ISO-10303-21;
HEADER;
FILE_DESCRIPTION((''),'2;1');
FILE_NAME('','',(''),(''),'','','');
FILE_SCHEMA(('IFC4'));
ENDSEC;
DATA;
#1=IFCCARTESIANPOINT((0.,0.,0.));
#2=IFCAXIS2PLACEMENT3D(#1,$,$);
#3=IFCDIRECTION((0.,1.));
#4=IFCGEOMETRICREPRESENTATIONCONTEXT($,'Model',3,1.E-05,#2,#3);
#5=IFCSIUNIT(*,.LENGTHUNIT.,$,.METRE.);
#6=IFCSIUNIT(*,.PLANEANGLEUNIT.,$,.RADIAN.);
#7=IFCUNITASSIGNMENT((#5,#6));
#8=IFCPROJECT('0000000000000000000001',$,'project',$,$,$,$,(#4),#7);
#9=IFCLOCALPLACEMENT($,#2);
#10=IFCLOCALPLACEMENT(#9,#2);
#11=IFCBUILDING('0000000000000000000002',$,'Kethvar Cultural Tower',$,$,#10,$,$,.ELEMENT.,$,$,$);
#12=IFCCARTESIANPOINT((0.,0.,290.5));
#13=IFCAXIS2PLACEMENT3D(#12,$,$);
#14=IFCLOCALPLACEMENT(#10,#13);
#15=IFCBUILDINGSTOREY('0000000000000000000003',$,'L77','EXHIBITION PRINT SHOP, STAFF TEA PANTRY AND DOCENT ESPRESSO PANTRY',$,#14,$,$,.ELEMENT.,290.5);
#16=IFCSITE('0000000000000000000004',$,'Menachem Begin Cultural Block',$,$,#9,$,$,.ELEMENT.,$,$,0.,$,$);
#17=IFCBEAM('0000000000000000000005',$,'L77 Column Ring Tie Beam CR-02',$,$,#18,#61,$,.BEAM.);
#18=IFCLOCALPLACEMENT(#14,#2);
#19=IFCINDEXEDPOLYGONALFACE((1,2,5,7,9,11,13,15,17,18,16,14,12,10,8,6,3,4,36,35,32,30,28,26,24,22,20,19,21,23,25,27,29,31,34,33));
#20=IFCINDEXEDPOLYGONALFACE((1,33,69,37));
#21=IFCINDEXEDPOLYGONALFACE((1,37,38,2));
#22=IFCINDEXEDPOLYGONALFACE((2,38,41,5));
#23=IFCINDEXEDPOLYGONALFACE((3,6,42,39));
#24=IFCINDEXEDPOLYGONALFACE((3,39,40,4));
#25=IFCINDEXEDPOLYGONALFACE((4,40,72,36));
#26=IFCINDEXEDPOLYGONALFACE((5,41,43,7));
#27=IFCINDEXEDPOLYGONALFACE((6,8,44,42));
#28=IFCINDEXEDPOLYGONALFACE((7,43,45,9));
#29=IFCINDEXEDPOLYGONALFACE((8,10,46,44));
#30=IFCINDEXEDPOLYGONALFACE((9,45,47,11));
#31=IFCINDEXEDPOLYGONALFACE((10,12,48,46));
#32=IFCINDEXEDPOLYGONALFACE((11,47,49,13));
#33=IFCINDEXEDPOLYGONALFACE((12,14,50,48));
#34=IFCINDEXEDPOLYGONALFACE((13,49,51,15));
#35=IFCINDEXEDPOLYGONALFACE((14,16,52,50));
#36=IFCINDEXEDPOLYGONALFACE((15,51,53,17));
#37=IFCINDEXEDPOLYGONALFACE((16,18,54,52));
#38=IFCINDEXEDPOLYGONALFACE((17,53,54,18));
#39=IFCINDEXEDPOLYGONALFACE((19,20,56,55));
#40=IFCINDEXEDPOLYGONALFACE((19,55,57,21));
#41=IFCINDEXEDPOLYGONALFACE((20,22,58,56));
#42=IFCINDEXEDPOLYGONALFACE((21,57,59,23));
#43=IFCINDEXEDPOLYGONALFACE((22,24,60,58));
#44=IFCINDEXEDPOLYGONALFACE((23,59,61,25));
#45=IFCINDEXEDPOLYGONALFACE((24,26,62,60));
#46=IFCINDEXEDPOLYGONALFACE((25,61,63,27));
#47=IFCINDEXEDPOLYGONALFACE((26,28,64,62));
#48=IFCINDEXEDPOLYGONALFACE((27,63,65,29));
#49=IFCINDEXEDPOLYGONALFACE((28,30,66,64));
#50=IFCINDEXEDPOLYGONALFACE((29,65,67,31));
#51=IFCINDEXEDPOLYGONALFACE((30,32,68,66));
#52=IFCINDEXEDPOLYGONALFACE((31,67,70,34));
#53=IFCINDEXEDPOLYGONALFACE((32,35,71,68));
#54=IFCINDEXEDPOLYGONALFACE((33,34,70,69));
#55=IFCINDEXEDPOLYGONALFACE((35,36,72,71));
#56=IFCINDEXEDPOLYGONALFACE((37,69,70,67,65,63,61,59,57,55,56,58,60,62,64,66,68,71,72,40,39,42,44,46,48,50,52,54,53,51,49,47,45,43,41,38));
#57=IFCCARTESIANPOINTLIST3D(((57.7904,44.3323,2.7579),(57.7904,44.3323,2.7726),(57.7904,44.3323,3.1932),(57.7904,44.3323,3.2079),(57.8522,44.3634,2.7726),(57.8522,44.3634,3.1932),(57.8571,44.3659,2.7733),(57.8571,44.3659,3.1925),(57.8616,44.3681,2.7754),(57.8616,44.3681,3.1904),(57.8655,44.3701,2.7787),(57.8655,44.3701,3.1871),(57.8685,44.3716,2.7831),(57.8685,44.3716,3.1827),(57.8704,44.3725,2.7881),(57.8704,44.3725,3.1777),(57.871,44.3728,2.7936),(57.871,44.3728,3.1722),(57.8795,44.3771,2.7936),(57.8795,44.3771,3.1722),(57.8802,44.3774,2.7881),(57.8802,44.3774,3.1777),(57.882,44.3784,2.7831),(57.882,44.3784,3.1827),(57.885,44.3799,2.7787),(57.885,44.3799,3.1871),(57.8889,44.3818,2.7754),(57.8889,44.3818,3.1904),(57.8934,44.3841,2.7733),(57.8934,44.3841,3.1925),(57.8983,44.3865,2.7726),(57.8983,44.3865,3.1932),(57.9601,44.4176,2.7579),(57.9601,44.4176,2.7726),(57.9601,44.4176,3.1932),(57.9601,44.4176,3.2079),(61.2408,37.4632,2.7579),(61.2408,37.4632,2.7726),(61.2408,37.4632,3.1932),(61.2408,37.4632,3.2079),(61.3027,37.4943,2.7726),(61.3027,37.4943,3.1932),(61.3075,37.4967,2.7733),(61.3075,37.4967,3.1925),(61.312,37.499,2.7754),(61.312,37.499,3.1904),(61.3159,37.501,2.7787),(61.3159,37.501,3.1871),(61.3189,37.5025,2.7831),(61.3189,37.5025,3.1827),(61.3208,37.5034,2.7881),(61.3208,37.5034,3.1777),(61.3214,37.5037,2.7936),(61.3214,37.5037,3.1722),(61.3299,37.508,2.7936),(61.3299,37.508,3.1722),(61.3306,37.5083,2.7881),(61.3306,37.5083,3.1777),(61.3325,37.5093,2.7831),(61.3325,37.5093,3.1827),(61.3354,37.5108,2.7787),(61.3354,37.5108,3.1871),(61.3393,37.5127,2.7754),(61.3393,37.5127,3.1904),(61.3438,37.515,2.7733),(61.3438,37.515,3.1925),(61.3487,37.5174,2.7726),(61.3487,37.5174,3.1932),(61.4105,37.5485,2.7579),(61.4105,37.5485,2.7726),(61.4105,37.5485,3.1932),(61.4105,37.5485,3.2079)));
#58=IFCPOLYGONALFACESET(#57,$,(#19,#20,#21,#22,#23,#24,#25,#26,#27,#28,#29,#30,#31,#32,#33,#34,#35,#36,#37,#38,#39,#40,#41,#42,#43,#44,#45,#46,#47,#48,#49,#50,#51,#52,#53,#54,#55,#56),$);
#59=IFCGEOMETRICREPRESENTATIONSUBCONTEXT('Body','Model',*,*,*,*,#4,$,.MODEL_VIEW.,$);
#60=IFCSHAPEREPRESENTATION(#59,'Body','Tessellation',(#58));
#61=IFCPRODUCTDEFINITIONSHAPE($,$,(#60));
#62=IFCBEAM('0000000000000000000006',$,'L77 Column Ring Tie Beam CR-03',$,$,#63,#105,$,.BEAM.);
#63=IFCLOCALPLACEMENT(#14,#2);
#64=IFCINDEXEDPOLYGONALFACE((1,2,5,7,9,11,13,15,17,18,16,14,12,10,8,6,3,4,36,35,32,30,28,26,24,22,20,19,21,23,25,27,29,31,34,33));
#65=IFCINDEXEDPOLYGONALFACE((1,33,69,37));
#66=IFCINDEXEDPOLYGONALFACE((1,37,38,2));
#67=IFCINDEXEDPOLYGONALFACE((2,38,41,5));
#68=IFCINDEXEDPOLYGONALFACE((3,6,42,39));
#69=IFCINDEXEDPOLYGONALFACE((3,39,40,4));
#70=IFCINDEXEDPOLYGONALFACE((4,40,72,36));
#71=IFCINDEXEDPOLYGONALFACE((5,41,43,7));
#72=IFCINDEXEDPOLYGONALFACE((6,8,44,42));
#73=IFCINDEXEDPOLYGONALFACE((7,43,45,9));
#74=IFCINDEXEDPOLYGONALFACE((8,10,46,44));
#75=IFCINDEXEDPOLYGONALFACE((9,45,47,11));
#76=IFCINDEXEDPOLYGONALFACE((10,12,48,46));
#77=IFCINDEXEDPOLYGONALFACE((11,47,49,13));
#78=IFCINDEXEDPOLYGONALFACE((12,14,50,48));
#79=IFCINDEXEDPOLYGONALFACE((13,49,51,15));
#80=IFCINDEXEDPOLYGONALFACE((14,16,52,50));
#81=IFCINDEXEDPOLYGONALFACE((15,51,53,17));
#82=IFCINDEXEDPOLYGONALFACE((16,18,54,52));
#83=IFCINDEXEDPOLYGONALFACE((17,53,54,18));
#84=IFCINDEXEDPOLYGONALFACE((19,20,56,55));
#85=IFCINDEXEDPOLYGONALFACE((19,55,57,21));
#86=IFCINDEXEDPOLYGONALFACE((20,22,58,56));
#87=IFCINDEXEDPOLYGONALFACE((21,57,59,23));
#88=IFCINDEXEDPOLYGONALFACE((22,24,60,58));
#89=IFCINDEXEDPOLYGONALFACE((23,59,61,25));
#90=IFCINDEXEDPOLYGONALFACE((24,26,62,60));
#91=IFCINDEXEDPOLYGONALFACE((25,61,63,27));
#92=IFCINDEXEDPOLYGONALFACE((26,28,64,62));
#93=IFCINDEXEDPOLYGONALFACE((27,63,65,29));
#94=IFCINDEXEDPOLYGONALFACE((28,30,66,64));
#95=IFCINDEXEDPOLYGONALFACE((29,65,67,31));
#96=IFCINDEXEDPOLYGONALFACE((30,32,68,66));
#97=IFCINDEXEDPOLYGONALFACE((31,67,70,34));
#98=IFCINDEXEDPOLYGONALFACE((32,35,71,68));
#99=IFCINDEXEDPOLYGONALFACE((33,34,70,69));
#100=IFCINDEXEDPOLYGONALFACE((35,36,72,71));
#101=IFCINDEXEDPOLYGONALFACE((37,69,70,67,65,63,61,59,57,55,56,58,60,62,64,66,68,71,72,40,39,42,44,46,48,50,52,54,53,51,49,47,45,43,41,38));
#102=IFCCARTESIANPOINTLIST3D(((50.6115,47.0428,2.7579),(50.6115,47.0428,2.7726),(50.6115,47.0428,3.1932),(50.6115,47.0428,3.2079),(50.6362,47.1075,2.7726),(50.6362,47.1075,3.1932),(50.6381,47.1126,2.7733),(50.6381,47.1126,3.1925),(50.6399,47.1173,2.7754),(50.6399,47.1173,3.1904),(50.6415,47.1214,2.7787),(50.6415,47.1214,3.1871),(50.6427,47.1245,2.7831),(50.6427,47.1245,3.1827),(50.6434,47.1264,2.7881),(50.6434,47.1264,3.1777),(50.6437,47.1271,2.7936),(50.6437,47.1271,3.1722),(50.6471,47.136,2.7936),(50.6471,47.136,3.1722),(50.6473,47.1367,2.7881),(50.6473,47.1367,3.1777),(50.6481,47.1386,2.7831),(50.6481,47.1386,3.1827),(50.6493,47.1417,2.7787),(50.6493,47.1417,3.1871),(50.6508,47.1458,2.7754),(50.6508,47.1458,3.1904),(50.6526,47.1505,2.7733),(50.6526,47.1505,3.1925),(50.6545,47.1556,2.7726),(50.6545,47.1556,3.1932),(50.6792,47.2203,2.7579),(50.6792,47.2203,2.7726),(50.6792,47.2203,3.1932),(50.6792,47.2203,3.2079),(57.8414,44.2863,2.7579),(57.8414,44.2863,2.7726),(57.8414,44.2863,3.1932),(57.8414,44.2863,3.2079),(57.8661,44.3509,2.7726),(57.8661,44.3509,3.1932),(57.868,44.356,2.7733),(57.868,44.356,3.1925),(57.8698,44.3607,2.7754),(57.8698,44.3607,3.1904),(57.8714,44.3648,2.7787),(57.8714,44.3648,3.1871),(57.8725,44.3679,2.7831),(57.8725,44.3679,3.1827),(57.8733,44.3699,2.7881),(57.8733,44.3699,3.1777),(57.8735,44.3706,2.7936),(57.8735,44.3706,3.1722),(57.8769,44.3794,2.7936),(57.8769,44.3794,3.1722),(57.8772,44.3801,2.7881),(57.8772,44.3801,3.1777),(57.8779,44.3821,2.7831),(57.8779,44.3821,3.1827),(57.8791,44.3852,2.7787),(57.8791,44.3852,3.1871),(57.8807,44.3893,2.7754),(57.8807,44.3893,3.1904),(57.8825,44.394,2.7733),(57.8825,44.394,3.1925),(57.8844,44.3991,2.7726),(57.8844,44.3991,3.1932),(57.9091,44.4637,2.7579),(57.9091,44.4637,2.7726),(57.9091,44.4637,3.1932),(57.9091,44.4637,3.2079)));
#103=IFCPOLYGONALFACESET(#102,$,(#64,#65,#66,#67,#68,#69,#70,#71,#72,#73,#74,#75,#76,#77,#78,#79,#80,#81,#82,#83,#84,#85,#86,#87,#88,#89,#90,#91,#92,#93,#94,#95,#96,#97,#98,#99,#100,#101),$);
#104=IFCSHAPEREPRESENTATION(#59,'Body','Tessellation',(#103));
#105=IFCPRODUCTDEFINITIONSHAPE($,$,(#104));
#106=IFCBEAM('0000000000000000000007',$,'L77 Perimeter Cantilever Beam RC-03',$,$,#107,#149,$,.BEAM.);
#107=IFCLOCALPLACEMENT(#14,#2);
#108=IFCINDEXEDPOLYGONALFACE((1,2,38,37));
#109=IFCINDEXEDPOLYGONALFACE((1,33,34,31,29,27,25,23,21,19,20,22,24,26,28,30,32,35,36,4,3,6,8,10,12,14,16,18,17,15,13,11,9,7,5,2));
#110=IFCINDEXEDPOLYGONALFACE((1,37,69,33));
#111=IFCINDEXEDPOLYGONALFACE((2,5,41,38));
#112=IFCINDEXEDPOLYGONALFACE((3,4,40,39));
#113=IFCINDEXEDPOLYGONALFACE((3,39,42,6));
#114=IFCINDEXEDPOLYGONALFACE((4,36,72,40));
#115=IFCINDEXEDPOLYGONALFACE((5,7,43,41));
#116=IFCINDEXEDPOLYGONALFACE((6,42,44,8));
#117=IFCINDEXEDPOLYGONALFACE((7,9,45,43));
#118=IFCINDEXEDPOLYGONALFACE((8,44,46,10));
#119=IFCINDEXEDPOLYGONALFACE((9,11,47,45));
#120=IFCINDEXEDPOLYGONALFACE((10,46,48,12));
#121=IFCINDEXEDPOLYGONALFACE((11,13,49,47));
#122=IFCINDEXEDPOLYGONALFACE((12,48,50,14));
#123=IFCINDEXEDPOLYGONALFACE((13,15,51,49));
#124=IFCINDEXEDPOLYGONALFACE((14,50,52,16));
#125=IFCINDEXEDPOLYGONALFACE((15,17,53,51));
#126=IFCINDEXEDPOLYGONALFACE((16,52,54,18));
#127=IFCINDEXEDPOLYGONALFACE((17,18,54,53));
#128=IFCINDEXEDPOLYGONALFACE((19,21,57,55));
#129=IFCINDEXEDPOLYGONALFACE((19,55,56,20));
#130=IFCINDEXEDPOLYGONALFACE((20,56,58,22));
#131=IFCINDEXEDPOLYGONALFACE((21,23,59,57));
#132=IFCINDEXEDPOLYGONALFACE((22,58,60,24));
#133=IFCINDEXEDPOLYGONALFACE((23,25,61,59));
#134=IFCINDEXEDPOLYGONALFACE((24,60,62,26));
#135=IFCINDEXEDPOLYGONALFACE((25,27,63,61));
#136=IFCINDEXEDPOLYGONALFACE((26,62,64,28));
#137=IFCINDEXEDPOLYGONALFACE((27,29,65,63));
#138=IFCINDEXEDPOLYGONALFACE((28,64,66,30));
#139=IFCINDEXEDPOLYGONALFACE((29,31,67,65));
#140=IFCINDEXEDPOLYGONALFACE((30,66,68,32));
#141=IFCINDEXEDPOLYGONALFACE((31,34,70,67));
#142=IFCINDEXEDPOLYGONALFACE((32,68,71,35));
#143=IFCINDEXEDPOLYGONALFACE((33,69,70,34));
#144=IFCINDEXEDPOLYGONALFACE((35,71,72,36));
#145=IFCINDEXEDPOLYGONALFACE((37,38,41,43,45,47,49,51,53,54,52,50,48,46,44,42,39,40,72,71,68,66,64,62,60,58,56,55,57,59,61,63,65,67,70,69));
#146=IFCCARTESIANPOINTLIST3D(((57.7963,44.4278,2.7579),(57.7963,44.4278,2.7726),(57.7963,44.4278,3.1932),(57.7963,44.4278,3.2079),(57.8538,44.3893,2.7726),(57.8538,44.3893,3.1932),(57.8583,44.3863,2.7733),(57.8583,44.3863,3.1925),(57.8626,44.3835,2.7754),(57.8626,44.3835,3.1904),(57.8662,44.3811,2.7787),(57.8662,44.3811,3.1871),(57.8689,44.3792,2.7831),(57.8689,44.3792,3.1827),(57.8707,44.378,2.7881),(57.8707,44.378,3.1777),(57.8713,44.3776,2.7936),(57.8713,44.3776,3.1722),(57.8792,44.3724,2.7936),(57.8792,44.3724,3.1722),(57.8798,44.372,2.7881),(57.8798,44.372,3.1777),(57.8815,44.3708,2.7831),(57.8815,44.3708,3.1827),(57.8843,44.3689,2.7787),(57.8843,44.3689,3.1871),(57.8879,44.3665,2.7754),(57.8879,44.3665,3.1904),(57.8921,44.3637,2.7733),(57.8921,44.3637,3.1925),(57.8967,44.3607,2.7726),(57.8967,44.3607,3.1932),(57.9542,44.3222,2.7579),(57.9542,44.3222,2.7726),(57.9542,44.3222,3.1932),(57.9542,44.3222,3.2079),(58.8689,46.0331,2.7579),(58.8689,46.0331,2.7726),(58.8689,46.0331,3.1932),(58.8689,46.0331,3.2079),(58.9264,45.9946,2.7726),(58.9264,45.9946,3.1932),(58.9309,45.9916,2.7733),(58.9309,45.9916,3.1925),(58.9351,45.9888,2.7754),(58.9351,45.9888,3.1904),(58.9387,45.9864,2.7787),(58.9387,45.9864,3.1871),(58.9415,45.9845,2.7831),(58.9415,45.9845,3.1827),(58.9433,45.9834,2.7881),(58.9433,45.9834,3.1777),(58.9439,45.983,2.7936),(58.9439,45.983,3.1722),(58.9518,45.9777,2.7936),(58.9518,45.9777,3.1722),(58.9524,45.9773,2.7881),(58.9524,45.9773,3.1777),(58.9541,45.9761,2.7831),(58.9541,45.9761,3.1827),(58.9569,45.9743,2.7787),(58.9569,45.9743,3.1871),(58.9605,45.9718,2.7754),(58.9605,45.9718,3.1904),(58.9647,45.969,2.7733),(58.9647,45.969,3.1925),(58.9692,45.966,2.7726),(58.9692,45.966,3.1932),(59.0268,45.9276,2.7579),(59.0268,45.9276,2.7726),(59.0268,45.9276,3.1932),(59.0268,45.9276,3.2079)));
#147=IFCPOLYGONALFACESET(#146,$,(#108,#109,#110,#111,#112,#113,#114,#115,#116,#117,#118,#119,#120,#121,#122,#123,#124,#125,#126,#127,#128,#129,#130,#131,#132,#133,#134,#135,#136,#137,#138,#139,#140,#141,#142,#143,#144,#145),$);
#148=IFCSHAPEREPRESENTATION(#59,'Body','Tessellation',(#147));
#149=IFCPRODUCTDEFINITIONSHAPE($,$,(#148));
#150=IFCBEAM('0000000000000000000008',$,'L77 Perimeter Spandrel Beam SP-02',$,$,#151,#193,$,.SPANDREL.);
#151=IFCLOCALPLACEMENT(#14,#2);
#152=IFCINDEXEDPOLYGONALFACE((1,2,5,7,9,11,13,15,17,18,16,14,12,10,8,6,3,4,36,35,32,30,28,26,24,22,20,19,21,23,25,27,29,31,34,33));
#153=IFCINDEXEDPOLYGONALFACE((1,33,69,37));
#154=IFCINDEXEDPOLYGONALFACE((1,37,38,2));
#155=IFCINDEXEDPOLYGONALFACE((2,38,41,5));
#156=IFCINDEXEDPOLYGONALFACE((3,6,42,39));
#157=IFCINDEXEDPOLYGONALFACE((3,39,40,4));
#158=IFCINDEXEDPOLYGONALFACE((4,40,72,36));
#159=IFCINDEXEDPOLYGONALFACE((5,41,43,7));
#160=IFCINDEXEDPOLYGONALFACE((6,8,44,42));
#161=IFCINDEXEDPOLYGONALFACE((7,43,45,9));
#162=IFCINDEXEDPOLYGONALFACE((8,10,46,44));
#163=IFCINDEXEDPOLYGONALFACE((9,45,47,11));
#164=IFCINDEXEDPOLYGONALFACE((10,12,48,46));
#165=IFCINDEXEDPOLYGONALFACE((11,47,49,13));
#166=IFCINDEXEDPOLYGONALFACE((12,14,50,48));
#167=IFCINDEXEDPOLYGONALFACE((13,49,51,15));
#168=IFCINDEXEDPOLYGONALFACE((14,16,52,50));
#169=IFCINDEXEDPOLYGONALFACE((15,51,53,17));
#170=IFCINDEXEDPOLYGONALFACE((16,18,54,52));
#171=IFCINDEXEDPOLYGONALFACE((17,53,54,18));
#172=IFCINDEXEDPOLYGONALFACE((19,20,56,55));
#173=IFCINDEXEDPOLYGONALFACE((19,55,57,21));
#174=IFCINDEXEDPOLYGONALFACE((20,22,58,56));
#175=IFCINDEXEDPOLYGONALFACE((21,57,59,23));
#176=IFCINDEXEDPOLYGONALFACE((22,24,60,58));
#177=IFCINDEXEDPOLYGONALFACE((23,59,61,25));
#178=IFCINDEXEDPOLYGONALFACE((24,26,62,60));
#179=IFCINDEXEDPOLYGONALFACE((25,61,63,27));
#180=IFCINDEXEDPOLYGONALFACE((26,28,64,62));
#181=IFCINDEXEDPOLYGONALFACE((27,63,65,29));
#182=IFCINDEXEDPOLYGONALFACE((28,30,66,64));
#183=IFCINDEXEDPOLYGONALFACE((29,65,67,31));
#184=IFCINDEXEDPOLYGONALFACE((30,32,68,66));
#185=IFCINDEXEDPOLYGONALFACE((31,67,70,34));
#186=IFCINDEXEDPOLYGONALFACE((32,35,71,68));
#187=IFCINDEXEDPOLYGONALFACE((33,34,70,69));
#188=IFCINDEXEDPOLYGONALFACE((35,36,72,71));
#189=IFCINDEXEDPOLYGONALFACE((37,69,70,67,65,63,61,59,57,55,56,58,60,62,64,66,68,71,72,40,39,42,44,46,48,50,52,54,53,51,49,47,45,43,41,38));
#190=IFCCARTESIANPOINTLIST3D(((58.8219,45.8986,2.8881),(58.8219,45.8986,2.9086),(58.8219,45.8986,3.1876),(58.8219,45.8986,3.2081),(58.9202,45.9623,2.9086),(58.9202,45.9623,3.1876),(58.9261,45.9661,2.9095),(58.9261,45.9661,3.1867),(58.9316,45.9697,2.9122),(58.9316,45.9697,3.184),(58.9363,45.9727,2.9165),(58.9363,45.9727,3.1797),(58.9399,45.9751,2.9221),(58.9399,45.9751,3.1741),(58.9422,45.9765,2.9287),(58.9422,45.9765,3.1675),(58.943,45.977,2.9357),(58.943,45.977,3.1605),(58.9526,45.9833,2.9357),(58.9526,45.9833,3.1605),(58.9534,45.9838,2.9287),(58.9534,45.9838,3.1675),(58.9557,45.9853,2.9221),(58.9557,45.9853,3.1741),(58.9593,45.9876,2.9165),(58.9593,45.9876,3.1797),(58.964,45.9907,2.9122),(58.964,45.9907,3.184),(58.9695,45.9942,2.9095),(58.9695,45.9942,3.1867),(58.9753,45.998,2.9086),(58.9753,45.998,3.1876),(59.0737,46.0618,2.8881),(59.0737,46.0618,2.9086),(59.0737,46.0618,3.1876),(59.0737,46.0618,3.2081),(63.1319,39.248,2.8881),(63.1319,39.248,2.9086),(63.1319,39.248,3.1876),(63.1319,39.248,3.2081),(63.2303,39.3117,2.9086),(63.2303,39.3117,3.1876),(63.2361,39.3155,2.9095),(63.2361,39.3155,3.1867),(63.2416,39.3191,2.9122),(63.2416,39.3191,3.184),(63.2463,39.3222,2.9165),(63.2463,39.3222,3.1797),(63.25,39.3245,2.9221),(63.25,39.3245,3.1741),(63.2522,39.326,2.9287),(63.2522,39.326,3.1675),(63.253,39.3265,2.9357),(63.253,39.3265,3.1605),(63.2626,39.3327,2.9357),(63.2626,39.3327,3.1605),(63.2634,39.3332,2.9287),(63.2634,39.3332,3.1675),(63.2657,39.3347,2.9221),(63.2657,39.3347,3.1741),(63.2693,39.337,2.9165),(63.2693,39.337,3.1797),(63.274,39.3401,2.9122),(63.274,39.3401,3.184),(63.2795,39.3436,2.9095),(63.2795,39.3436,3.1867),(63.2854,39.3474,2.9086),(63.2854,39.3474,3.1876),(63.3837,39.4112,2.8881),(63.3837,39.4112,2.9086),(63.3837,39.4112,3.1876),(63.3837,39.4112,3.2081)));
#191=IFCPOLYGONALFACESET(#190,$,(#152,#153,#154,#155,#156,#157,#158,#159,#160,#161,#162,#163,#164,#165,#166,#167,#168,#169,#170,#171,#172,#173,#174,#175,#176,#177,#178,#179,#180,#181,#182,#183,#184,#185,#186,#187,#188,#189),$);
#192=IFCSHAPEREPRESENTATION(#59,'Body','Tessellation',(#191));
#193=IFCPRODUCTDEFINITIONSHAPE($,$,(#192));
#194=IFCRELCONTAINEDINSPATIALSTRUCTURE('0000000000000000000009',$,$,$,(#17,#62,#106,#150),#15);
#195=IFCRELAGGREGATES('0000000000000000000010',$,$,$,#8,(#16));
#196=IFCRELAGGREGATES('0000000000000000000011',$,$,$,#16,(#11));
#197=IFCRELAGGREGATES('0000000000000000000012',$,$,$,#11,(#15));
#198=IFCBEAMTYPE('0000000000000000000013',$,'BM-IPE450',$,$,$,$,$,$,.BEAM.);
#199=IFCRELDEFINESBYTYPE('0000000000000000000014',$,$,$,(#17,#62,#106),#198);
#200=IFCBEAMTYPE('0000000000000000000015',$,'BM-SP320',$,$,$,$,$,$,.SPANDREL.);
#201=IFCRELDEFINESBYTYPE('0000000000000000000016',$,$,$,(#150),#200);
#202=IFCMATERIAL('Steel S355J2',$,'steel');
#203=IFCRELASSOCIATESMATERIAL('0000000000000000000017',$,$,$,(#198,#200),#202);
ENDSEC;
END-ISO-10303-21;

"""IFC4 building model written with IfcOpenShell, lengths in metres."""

from ifc_helpers import new_model, si_unit, direction, frame, origin, origin_2d, place, context, subcontext, project, spatial, i_section, extrude, source, transform, mapped, material, material_profile, profile_set, type_object, element, save


model = new_model("IFC4")

# Units and contexts
model_context = context("Model", 3, precision=1e-05, world=origin(), true_north=direction((0.0, 1.0)))
body_context = subcontext(model_context, "Body", "Model", "MODEL_VIEW")
ifc_project = project(units=[si_unit("LENGTHUNIT", "METRE"), si_unit("PLANEANGLEUNIT", "RADIAN")], contexts=[model_context])

# Site, building, storey
site_placement = place(None, origin())
site = spatial("IfcSite", under=ifc_project, at=site_placement, Name="Menachem Begin Cultural Block", CompositionType="ELEMENT", RefElevation=0.0)
building_placement = place(site_placement, origin())
building = spatial("IfcBuilding", under=site, at=building_placement, Name="Kethvar Cultural Tower", CompositionType="ELEMENT")
storey_placement = place(building_placement, frame((0.0, 0.0, 290.5)))
storey = spatial("IfcBuildingStorey", under=building, at=storey_placement, Name="L77", Description="EXHIBITION PRINT SHOP, STAFF TEA PANTRY AND DOCENT ESPRESSO PANTRY", CompositionType="ELEMENT", Elevation=290.5)

# Beams
ifc_material_1 = material(Name="Steel S355J2", Category="steel")
ifc_material_profile_1 = material_profile(ifc_material_1, i_section(OverallWidth=0.1899, OverallDepth=0.45, WebThickness=0.0095, FlangeThickness=0.0146, FilletRadius=0.021, at=origin_2d()), Name="Steel S355J2 — IPE450")
ifc_profile_set_1 = profile_set([ifc_material_profile_1], Name="Steel S355J2 — IPE450")
beam_type_1 = type_object("IfcBeamType", Name="BM-IPE450", PredefinedType="BEAM", material=ifc_profile_set_1)
shared_shape_1 = source(origin(), body_context, "Body", "SweptSolid", [
    extrude(i_section(OverallWidth=0.1899, OverallDepth=0.45, WebThickness=0.0095, FlangeThickness=0.0146, FilletRadius=0.021, at=origin_2d()), origin(), (0.0, 0.0, 1.0), 7.687),
])
beam_1_placement = place(storey_placement, frame((61.3257, 37.5059, 2.9829), z_axis=(-0.448864, 0.8936, 0.0), x_axis=(-0.8936, -0.448864, 0.0)))
element("IfcBeam", 1, at=beam_1_placement, inside=storey, type_object=beam_type_1, Name="L77 Column Ring Tie Beam CR-02", PredefinedType="BEAM", context=body_context, shape_type="MappedRepresentation", body=[
    mapped(shared_shape_1, transform((0.0, 0.0, 0.0), scale=1.0)),
])
shared_shape_2 = source(origin(), body_context, "Body", "SweptSolid", [
    extrude(i_section(OverallWidth=0.1899, OverallDepth=0.45, WebThickness=0.0095, FlangeThickness=0.0146, FilletRadius=0.021, at=origin_2d()), origin(), (0.0, 0.0, 1.0), 7.7375),
])
beam_2_placement = place(storey_placement, frame((57.8752, 44.375, 2.9829), z_axis=(-0.934388, 0.356256, 0.0), x_axis=(-0.356256, -0.934388, 0.0)))
element("IfcBeam", 2, at=beam_2_placement, inside=storey, type_object=beam_type_1, Name="L77 Column Ring Tie Beam CR-03", PredefinedType="BEAM", context=body_context, shape_type="MappedRepresentation", body=[
    mapped(shared_shape_2, transform((0.0, 0.0, 0.0), scale=1.0)),
])
shared_shape_3 = source(origin(), body_context, "Body", "SweptSolid", [
    extrude(i_section(OverallWidth=0.1899, OverallDepth=0.45, WebThickness=0.0095, FlangeThickness=0.0146, FilletRadius=0.021, at=origin_2d()), origin(), (0.0, 0.0, 1.0), 1.9307),
])
beam_3_placement = place(storey_placement, frame((57.8752, 44.375, 2.9829), z_axis=(0.555546, 0.831486, 0.0), x_axis=(-0.831486, 0.555546, 0.0)))
element("IfcBeam", 3, at=beam_3_placement, inside=storey, type_object=beam_type_1, Name="L77 Perimeter Cantilever Beam RC-03", PredefinedType="BEAM", context=body_context, shape_type="MappedRepresentation", body=[
    mapped(shared_shape_3, transform((0.0, 0.0, 0.0), scale=1.0)),
])
ifc_material_profile_2 = material_profile(ifc_material_1, i_section(OverallWidth=0.3, OverallDepth=0.3201, WebThickness=0.0115, FlangeThickness=0.0205, FilletRadius=0.0271, at=origin_2d()), Name="Steel S355J2 — HEB320")
ifc_profile_set_2 = profile_set([ifc_material_profile_2], Name="Steel S355J2 — HEB320")
beam_type_2 = type_object("IfcBeamType", Name="BM-SP320", PredefinedType="SPANDREL", material=ifc_profile_set_2)
shared_shape_4 = source(origin(), body_context, "Body", "SweptSolid", [
    extrude(i_section(OverallWidth=0.3, OverallDepth=0.3201, WebThickness=0.0115, FlangeThickness=0.0205, FilletRadius=0.0271, at=origin_2d()), origin(), (0.0, 0.0, 1.0), 7.925),
])
beam_4_placement = place(storey_placement, frame((63.2578, 39.3296, 3.0481), z_axis=(-0.543848, 0.839184, 0.0), x_axis=(-0.839184, -0.543848, 0.0)))
element("IfcBeam", 4, at=beam_4_placement, inside=storey, type_object=beam_type_2, Name="L77 Perimeter Spandrel Beam SP-02", PredefinedType="SPANDREL", context=body_context, shape_type="MappedRepresentation", body=[
    mapped(shared_shape_4, transform((0.0, 0.0, 0.0), scale=1.0)),
])

save(model, "model.ifc")
